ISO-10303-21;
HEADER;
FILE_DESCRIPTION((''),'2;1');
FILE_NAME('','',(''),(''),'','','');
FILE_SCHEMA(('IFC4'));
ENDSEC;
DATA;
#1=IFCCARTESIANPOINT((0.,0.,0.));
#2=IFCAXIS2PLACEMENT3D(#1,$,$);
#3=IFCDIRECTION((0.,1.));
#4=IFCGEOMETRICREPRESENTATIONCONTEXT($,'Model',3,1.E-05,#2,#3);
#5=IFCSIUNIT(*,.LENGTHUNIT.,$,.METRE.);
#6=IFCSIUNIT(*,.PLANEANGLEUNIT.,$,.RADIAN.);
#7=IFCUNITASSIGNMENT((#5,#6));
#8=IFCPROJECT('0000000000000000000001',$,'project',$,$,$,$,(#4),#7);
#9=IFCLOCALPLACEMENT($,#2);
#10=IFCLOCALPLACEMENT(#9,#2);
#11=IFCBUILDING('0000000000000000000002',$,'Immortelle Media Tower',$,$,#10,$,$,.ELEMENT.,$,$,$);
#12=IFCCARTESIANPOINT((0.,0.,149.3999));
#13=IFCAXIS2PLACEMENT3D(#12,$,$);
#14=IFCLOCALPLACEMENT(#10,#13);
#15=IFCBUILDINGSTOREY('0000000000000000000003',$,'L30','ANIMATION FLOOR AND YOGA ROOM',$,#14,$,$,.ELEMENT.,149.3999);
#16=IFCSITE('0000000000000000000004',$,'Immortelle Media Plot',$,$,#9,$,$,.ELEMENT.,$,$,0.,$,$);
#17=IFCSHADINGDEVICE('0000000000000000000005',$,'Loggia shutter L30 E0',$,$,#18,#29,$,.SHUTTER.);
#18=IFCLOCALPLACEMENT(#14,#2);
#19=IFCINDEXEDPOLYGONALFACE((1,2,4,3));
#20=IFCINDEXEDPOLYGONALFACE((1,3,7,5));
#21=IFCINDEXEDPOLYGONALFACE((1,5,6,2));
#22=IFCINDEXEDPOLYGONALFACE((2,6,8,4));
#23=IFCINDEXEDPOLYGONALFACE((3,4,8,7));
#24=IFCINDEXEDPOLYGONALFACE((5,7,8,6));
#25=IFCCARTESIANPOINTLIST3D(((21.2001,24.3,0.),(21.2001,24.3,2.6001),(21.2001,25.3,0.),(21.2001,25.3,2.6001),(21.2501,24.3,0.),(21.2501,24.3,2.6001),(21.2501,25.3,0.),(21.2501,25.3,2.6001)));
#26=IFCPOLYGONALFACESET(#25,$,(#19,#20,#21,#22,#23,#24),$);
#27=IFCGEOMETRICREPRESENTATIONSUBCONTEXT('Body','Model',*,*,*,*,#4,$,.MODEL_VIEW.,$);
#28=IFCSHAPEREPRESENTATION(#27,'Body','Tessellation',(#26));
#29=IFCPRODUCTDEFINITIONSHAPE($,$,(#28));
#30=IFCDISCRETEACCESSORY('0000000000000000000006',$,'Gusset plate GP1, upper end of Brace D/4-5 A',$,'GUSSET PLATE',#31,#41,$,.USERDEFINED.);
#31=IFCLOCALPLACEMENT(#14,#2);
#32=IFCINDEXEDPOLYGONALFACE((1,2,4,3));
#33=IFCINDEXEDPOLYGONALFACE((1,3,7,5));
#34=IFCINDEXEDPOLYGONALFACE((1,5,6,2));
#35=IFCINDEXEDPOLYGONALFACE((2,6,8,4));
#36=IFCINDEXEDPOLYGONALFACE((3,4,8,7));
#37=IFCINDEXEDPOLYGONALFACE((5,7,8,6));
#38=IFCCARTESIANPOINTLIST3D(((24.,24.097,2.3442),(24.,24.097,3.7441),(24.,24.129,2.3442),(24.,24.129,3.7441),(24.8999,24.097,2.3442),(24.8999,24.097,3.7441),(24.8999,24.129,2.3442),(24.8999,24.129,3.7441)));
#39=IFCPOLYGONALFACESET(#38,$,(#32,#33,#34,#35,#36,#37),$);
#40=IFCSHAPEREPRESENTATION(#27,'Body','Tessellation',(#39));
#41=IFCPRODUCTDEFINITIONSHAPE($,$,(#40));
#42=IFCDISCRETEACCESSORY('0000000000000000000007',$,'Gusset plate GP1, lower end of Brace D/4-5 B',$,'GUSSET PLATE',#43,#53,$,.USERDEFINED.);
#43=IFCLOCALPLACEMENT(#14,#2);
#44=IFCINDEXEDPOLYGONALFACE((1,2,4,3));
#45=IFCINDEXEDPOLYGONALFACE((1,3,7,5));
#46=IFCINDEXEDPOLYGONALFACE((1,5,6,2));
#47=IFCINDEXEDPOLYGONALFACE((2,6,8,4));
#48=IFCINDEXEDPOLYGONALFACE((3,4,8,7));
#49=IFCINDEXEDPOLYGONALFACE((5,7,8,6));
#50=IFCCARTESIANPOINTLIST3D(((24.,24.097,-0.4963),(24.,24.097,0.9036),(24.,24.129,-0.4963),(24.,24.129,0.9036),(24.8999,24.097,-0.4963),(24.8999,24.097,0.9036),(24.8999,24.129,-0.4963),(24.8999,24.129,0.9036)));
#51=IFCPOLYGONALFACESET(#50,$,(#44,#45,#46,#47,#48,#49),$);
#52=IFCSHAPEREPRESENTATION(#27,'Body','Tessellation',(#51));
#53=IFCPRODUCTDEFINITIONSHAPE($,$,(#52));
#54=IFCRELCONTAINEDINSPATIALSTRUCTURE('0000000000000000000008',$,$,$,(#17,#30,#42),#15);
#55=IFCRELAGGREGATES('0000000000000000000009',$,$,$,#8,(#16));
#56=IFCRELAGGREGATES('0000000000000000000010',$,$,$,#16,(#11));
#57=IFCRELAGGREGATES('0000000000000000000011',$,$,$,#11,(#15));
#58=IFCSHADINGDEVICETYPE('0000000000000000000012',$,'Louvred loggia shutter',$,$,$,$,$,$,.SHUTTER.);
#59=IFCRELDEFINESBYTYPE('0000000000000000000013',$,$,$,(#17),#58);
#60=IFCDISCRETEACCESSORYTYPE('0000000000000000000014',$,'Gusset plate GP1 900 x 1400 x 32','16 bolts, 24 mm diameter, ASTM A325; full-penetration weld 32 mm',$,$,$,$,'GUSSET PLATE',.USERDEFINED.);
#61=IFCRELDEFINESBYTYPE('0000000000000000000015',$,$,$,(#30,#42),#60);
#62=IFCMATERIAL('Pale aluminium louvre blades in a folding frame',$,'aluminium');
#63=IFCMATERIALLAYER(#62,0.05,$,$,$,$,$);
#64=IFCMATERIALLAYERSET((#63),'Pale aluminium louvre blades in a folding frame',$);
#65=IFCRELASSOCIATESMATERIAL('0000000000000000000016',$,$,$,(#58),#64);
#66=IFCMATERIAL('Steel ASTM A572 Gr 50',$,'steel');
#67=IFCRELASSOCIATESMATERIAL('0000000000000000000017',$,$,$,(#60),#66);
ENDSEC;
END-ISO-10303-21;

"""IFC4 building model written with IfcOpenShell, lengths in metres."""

from ifc_helpers import new_model, si_unit, direction, frame, origin, origin_2d, place, context, subcontext, project, spatial, rectangle, extrude, material, layer, layer_set, material_profile, profile_set, type_object, element, save


model = new_model("IFC4")

# Units and contexts
model_context = context("Model", 3, precision=1e-05, world=origin(), true_north=direction((0.0, 1.0)))
body_context = subcontext(model_context, "Body", "Model", "MODEL_VIEW")
ifc_project = project(units=[si_unit("LENGTHUNIT", "METRE"), si_unit("PLANEANGLEUNIT", "RADIAN")], contexts=[model_context])

# Site, building, storey
site_placement = place(None, origin())
site = spatial("IfcSite", under=ifc_project, at=site_placement, Name="Immortelle Media Plot", CompositionType="ELEMENT", RefElevation=0.0)
building_placement = place(site_placement, origin())
building = spatial("IfcBuilding", under=site, at=building_placement, Name="Immortelle Media Tower", CompositionType="ELEMENT")
storey_placement = place(building_placement, frame((0.0, 0.0, 149.3999)))
storey = spatial("IfcBuildingStorey", under=building, at=storey_placement, Name="L30", Description="ANIMATION FLOOR AND YOGA ROOM", CompositionType="ELEMENT", Elevation=149.3999)

# Shading device
ifc_material_1 = material(Name="Pale aluminium louvre blades in a folding frame", Category="aluminium")
ifc_layer_1 = layer(ifc_material_1, 0.05)
ifc_layer_set_1 = layer_set([ifc_layer_1], Name="Pale aluminium louvre blades in a folding frame")
shading_device_type_1 = type_object("IfcShadingDeviceType", Name="Louvred loggia shutter", PredefinedType="SHUTTER", material=ifc_layer_set_1)
shading_device_1_placement = place(storey_placement, frame((21.2251, 24.8, 0.0), z_axis=(0.0, 0.0, 1.0), x_axis=(0.0, 1.0, 0.0)))
element("IfcShadingDevice", 1, at=shading_device_1_placement, inside=storey, type_object=shading_device_type_1, Name="Loggia shutter L30 E0", PredefinedType="SHUTTER", context=body_context, shape_type="SweptSolid", body=[
    extrude(rectangle(XDim=1.0, YDim=0.05, at=origin_2d()), origin(), (0.0, 0.0, 1.0), 2.6001),
])

# Discrete accessories
ifc_material_2 = material(Name="Steel ASTM A572 Gr 50", Category="steel")
ifc_material_profile_1 = material_profile(ifc_material_2, rectangle(XDim=0.032, YDim=1.3999, at=origin_2d()), Name="PL 32 x 1400")
ifc_profile_set_1 = profile_set([ifc_material_profile_1], Name="Steel ASTM A572 Gr 50")
discrete_accessory_type = type_object("IfcDiscreteAccessoryType", Name="Gusset plate GP1 900 x 1400 x 32", Description="16 bolts, 24 mm diameter, ASTM A325; full-penetration weld 32 mm", ElementType="GUSSET PLATE", PredefinedType="USERDEFINED", material=ifc_profile_set_1)
for number, where, z_axis, x_axis, name in (
    (2, (24.0, 24.113, 3.0442), (1.0, 0.0, 0.0), (0.0, 1.0, 0.0), "Gusset plate GP1, upper end of Brace D/4-5 A"),
    (3, (24.0, 24.113, 0.2036), (1.0, 0.0, 0.0), (0.0, 1.0, 0.0), "Gusset plate GP1, lower end of Brace D/4-5 B"),
):
    element("IfcDiscreteAccessory", number, at=place(storey_placement, frame(where, z_axis=z_axis, x_axis=x_axis)), inside=storey, type_object=discrete_accessory_type, Name=name, ObjectType="GUSSET PLATE", PredefinedType="USERDEFINED", context=body_context, shape_type="SweptSolid", body=[
        extrude(rectangle(XDim=0.032, YDim=1.3999, at=origin_2d()), origin(), (0.0, 0.0, 1.0), 0.8999),
    ])

save(model, "model.ifc")
